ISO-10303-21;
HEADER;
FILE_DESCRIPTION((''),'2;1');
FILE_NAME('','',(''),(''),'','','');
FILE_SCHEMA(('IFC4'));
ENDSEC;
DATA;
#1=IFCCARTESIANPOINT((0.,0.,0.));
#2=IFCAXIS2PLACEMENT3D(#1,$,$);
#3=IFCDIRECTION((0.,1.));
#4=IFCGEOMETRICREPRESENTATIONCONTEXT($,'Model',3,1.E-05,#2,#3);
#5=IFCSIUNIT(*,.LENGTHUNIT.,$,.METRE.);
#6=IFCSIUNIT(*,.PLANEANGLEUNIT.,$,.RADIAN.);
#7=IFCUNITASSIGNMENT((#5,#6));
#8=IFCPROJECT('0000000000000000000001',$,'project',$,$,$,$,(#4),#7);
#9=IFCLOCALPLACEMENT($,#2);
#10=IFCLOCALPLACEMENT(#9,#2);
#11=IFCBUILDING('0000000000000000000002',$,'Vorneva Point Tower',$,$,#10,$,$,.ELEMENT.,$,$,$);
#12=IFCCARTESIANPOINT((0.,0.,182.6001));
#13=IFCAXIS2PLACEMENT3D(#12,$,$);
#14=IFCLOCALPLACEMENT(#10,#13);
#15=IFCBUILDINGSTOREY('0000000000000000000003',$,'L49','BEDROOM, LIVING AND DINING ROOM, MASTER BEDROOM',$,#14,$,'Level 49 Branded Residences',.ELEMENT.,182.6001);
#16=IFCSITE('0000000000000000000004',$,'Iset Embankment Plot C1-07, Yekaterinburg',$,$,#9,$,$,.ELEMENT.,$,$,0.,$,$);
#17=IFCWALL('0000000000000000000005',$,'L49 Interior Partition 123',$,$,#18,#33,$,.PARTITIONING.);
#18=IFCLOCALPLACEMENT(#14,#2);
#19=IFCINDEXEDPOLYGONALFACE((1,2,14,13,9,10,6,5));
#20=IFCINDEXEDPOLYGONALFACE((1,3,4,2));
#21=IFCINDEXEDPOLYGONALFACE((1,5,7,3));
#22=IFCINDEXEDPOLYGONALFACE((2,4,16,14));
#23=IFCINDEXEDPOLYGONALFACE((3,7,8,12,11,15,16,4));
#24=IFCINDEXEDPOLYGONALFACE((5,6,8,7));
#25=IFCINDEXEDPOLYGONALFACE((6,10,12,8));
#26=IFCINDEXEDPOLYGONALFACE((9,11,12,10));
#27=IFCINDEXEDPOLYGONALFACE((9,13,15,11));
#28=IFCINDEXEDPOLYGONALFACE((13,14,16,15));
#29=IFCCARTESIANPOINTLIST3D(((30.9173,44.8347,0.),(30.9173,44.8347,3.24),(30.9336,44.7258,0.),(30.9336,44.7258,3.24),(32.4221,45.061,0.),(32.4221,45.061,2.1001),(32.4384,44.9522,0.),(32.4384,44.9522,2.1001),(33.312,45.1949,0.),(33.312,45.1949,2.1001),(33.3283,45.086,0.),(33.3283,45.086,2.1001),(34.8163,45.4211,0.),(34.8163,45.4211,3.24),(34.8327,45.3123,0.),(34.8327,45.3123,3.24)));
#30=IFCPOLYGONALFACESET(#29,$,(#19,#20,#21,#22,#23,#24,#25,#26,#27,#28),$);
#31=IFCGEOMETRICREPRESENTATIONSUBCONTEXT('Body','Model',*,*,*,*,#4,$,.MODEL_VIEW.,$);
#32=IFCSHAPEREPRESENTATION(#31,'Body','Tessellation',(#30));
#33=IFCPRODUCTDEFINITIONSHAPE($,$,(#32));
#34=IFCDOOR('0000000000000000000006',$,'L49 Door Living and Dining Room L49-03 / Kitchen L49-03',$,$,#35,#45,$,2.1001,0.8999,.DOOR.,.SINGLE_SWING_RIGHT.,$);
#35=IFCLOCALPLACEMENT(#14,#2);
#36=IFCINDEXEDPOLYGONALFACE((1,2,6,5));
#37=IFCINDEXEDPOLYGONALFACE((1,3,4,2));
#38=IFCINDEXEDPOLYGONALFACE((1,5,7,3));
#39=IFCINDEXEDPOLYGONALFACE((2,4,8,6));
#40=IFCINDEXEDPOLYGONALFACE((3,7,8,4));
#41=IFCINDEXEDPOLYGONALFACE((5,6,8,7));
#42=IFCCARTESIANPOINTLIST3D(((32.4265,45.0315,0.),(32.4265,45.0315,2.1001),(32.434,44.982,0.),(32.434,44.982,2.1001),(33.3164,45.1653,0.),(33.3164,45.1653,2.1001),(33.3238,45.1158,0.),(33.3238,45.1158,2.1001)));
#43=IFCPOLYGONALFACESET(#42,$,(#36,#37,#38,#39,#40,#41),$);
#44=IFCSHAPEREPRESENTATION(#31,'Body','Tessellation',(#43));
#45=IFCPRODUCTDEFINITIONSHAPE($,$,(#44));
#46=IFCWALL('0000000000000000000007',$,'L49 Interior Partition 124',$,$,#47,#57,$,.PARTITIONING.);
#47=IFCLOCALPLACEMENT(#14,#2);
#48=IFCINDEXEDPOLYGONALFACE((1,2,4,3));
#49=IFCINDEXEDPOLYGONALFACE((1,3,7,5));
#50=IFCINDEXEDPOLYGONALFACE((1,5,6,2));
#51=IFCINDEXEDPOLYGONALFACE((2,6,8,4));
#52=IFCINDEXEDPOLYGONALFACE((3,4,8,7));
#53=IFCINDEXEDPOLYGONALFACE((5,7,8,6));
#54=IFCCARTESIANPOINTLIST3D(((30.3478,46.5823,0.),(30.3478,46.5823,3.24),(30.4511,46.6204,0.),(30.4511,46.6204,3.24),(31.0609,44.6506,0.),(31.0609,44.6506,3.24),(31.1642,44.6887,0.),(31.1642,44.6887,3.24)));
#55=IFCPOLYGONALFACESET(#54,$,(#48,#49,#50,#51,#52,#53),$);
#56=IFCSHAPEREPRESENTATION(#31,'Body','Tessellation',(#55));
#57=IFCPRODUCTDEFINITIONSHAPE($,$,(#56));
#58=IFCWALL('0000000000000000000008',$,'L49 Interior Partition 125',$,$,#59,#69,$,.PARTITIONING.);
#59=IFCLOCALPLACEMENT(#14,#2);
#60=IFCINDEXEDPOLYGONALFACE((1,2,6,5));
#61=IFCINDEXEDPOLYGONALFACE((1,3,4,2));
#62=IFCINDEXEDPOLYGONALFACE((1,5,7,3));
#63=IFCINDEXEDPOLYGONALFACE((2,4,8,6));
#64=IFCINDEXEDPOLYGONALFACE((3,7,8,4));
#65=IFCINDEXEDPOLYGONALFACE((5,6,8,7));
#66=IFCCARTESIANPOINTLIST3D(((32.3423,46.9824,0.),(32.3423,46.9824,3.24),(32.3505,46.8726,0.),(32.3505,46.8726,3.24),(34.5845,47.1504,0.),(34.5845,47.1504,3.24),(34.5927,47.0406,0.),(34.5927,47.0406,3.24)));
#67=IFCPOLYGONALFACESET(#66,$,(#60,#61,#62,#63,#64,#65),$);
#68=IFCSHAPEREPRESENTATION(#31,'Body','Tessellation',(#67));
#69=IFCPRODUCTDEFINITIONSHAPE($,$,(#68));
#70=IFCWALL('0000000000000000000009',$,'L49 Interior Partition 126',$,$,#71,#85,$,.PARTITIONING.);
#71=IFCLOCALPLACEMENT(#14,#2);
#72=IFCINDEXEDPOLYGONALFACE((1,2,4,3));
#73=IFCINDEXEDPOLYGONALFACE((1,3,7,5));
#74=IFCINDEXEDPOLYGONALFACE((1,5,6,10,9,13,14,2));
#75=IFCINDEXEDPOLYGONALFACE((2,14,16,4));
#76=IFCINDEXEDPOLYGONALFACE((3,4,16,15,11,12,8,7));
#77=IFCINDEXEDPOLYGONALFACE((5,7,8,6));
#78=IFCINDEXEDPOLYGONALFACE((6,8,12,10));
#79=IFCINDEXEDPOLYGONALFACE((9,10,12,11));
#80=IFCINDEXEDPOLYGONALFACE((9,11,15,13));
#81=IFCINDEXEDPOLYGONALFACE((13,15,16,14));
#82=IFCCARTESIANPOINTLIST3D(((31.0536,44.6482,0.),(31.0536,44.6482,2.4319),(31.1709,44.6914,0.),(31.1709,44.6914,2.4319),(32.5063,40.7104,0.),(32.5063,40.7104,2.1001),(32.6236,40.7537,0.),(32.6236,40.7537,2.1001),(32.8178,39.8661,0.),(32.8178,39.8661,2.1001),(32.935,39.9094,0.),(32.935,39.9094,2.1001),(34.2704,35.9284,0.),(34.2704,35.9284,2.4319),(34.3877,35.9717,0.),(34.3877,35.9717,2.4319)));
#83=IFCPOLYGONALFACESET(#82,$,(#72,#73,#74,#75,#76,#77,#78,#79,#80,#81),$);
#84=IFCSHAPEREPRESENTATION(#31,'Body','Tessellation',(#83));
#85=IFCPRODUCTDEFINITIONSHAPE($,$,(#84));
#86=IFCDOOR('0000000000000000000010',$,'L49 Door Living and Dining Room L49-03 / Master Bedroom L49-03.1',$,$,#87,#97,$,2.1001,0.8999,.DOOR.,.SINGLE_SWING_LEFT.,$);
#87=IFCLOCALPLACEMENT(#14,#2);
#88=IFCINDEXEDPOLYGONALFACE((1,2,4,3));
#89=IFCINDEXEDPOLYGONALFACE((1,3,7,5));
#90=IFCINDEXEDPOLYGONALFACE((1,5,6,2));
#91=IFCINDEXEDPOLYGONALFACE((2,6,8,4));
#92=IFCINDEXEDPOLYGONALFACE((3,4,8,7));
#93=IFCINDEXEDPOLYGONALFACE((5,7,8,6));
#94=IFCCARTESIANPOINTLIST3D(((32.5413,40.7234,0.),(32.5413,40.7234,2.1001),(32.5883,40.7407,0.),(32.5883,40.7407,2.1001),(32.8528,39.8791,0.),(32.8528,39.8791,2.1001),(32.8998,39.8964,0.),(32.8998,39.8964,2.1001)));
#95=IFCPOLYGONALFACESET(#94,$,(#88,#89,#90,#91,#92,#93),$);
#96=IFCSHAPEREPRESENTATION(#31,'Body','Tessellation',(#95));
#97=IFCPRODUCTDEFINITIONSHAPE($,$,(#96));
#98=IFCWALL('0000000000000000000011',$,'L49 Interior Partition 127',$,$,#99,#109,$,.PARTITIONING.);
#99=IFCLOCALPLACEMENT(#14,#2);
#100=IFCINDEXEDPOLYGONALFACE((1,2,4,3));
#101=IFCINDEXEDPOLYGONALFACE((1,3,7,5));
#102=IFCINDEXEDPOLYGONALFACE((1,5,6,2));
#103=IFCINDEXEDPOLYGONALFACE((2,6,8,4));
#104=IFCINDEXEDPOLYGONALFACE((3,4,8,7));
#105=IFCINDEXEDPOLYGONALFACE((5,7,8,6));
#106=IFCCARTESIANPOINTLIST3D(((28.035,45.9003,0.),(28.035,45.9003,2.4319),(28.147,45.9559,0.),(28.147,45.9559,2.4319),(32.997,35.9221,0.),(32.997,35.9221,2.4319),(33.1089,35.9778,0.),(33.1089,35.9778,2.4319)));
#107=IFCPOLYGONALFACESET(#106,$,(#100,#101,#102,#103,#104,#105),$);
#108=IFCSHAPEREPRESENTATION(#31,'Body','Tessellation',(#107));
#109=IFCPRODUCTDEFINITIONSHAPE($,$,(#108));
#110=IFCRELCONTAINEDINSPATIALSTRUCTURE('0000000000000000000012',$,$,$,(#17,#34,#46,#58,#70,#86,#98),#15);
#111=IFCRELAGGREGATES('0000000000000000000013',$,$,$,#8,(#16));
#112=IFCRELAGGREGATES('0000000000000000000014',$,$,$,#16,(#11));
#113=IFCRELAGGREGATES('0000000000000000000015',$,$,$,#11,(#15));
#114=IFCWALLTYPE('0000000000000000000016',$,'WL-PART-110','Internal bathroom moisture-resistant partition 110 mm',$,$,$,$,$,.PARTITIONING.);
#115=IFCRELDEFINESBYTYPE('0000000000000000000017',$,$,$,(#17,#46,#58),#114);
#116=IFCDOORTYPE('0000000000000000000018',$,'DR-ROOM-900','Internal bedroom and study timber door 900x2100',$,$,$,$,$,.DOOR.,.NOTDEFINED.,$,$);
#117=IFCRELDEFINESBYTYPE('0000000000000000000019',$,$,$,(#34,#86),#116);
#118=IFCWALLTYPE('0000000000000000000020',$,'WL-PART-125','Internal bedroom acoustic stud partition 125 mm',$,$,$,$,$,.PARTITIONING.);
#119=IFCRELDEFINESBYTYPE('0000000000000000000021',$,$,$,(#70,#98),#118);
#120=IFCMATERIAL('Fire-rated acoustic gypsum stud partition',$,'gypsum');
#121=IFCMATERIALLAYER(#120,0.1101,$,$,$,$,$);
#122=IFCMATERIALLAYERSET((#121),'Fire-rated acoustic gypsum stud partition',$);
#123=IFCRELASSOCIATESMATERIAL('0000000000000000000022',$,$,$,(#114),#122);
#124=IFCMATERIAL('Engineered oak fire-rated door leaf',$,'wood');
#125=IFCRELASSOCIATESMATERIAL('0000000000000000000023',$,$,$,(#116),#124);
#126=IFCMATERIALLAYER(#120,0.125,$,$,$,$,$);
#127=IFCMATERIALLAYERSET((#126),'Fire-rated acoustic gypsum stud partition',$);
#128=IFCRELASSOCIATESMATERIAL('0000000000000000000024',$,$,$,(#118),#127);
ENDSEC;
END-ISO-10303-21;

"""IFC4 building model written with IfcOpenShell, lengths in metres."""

from ifc_helpers import new_model, si_unit, direction, frame, frame_2d, origin, place, context, subcontext, project, spatial, rectangle, extrude, material, layer, layer_set, type_object, element, fill, save


model = new_model("IFC4")

# Units and contexts
model_context = context("Model", 3, precision=1e-05, world=origin(), true_north=direction((0.0, 1.0)))
body_context = subcontext(model_context, "Body", "Model", "MODEL_VIEW")
ifc_project = project(units=[si_unit("LENGTHUNIT", "METRE"), si_unit("PLANEANGLEUNIT", "RADIAN")], contexts=[model_context])

# Site, building, storey
site_placement = place(None, origin())
site = spatial("IfcSite", under=ifc_project, at=site_placement, Name="Iset Embankment Plot C1-07, Yekaterinburg", CompositionType="ELEMENT", RefElevation=0.0)
building_placement = place(site_placement, origin())
building = spatial("IfcBuilding", under=site, at=building_placement, Name="Vorneva Point Tower", CompositionType="ELEMENT")
storey_placement = place(building_placement, frame((0.0, 0.0, 182.6001)))
storey = spatial("IfcBuildingStorey", under=building, at=storey_placement, Name="L49", Description="BEDROOM, LIVING AND DINING ROOM, MASTER BEDROOM", LongName="Level 49 Branded Residences", CompositionType="ELEMENT", Elevation=182.6001)

# Shared definitions
ifc_material_1 = material(Name="Fire-rated acoustic gypsum stud partition", Category="gypsum")
ifc_layer_1 = layer(ifc_material_1, 0.1101)
ifc_layer_set_1 = layer_set([ifc_layer_1], Name="Fire-rated acoustic gypsum stud partition")
wall_type_1 = type_object("IfcWallType", Name="WL-PART-110", Description="Internal bathroom moisture-resistant partition 110 mm", PredefinedType="PARTITIONING", material=ifc_layer_set_1)

# Wall, opening, door
wall_1_placement = place(storey_placement, frame((34.8245, 45.3667, 0.0), z_axis=(0.0, 0.0, 1.0), x_axis=(-0.988877, -0.148734, 0.0)))
wall_1 = element("IfcWall", 1, at=wall_1_placement, inside=storey, type_object=wall_type_1, Name="L49 Interior Partition 123", PredefinedType="PARTITIONING", context=body_context, shape_type="SweptSolid", body=[
    extrude(rectangle(XDim=3.9429, YDim=0.1101, at=frame_2d((1.9714, 0.0))), origin(), (0.0, 0.0, 1.0), 3.24),
])
opening_1_placement = place(wall_1_placement, frame((1.5212, 0.0, 0.0)))
opening_1 = element("IfcOpeningElement", 2, at=opening_1_placement, cuts=wall_1, PredefinedType="OPENING", context=body_context, shape_type="SweptSolid", body=[
    extrude(rectangle(XDim=0.8999, YDim=2.1001, at=frame_2d((0.45, 1.05))), frame((0.0, 0.0698, 0.0), z_axis=(0.0, -1.0, 0.0), x_axis=(1.0, 0.0, 0.0)), (0.0, 0.0, 1.0), 0.1399),
])
ifc_material_2 = material(Name="Engineered oak fire-rated door leaf", Category="wood")
door_type = type_object("IfcDoorType", Name="DR-ROOM-900", Description="Internal bedroom and study timber door 900x2100", OperationType="NOTDEFINED", PredefinedType="DOOR", material=ifc_material_2)
door_1_placement = place(opening_1_placement, origin())
door_1 = element("IfcDoor", 3, at=door_1_placement, inside=storey, type_object=door_type, Name="L49 Door Living and Dining Room L49-03 / Kitchen L49-03", OperationType="SINGLE_SWING_RIGHT", OverallHeight=2.1001, OverallWidth=0.8999, PredefinedType="DOOR", context=body_context, shape_type="SweptSolid", body=[
    extrude(rectangle(XDim=0.8999, YDim=2.1001, at=frame_2d((0.45, 1.05))), frame((0.0, 0.0249, 0.0), z_axis=(0.0, -1.0, 0.0), x_axis=(1.0, 0.0, 0.0)), (0.0, 0.0, 1.0), 0.05),
])
fill(opening_1, door_1)

# Walls
wall_2_placement = place(storey_placement, frame((31.1125, 44.6697, 0.0), z_axis=(0.0, 0.0, 1.0), x_axis=(-0.346337, 0.93811, 0.0)))
element("IfcWall", 4, at=wall_2_placement, inside=storey, type_object=wall_type_1, Name="L49 Interior Partition 124", PredefinedType="PARTITIONING", context=body_context, shape_type="SweptSolid", body=[
    extrude(rectangle(XDim=2.0591, YDim=0.1101, at=frame_2d((1.0295, 0.0))), origin(), (0.0, 0.0, 1.0), 3.24),
])
wall_3_placement = place(storey_placement, frame((34.5886, 47.0955, 0.0), z_axis=(0.0, 0.0, 1.0), x_axis=(-0.997206, -0.074704, 0.0)))
element("IfcWall", 5, at=wall_3_placement, inside=storey, type_object=wall_type_1, Name="L49 Interior Partition 125", PredefinedType="PARTITIONING", context=body_context, shape_type="SweptSolid", body=[
    extrude(rectangle(XDim=2.2485, YDim=0.1101, at=frame_2d((1.1243, 0.0))), origin(), (0.0, 0.0, 1.0), 3.24),
])

# Wall, opening, door
ifc_layer_2 = layer(ifc_material_1, 0.125)
ifc_layer_set_2 = layer_set([ifc_layer_2], Name="Fire-rated acoustic gypsum stud partition")
wall_type_2 = type_object("IfcWallType", Name="WL-PART-125", Description="Internal bedroom acoustic stud partition 125 mm", PredefinedType="PARTITIONING", material=ifc_layer_set_2)
wall_4_placement = place(storey_placement, frame((31.1123, 44.6697, 0.0), z_axis=(0.0, 0.0, 1.0), x_axis=(0.346109, -0.938194, 0.0)))
wall_4 = element("IfcWall", 6, at=wall_4_placement, inside=storey, type_object=wall_type_2, Name="L49 Interior Partition 126", PredefinedType="PARTITIONING", context=body_context, shape_type="SweptSolid", body=[
    extrude(rectangle(XDim=9.2942, YDim=0.125, at=frame_2d((4.647, 0.0))), origin(), (0.0, 0.0, 1.0), 2.4319),
])
opening_2_placement = place(wall_4_placement, frame((4.197, 0.0, 0.0)))
opening_2 = element("IfcOpeningElement", 7, at=opening_2_placement, cuts=wall_4, PredefinedType="OPENING", context=body_context, shape_type="SweptSolid", body=[
    extrude(rectangle(XDim=0.8999, YDim=2.1001, at=frame_2d((0.45, 1.05))), frame((0.0, 0.0774, 0.0), z_axis=(0.0, -1.0, 0.0), x_axis=(1.0, 0.0, 0.0)), (0.0, 0.0, 1.0), 0.1548),
])
door_2_placement = place(opening_2_placement, origin())
door_2 = element("IfcDoor", 8, at=door_2_placement, inside=storey, type_object=door_type, Name="L49 Door Living and Dining Room L49-03 / Master Bedroom L49-03.1", OperationType="SINGLE_SWING_LEFT", OverallHeight=2.1001, OverallWidth=0.8999, PredefinedType="DOOR", context=body_context, shape_type="SweptSolid", body=[
    extrude(rectangle(XDim=0.8999, YDim=2.1001, at=frame_2d((0.45, 1.05))), frame((0.0, 0.0249, 0.0), z_axis=(0.0, -1.0, 0.0), x_axis=(1.0, 0.0, 0.0)), (0.0, 0.0, 1.0), 0.05),
])
fill(opening_2, door_2)

# Wall
wall_5_placement = place(storey_placement, frame((28.0911, 45.928, 0.0), z_axis=(0.0, 0.0, 1.0), x_axis=(0.445267, -0.895398, 0.0)))
element("IfcWall", 9, at=wall_5_placement, inside=storey, type_object=wall_type_2, Name="L49 Interior Partition 127", PredefinedType="PARTITIONING", context=body_context, shape_type="SweptSolid", body=[
    extrude(rectangle(XDim=11.1438, YDim=0.125, at=frame_2d((5.5718, 0.0))), origin(), (0.0, 0.0, 1.0), 2.4319),
])

save(model, "model.ifc")
